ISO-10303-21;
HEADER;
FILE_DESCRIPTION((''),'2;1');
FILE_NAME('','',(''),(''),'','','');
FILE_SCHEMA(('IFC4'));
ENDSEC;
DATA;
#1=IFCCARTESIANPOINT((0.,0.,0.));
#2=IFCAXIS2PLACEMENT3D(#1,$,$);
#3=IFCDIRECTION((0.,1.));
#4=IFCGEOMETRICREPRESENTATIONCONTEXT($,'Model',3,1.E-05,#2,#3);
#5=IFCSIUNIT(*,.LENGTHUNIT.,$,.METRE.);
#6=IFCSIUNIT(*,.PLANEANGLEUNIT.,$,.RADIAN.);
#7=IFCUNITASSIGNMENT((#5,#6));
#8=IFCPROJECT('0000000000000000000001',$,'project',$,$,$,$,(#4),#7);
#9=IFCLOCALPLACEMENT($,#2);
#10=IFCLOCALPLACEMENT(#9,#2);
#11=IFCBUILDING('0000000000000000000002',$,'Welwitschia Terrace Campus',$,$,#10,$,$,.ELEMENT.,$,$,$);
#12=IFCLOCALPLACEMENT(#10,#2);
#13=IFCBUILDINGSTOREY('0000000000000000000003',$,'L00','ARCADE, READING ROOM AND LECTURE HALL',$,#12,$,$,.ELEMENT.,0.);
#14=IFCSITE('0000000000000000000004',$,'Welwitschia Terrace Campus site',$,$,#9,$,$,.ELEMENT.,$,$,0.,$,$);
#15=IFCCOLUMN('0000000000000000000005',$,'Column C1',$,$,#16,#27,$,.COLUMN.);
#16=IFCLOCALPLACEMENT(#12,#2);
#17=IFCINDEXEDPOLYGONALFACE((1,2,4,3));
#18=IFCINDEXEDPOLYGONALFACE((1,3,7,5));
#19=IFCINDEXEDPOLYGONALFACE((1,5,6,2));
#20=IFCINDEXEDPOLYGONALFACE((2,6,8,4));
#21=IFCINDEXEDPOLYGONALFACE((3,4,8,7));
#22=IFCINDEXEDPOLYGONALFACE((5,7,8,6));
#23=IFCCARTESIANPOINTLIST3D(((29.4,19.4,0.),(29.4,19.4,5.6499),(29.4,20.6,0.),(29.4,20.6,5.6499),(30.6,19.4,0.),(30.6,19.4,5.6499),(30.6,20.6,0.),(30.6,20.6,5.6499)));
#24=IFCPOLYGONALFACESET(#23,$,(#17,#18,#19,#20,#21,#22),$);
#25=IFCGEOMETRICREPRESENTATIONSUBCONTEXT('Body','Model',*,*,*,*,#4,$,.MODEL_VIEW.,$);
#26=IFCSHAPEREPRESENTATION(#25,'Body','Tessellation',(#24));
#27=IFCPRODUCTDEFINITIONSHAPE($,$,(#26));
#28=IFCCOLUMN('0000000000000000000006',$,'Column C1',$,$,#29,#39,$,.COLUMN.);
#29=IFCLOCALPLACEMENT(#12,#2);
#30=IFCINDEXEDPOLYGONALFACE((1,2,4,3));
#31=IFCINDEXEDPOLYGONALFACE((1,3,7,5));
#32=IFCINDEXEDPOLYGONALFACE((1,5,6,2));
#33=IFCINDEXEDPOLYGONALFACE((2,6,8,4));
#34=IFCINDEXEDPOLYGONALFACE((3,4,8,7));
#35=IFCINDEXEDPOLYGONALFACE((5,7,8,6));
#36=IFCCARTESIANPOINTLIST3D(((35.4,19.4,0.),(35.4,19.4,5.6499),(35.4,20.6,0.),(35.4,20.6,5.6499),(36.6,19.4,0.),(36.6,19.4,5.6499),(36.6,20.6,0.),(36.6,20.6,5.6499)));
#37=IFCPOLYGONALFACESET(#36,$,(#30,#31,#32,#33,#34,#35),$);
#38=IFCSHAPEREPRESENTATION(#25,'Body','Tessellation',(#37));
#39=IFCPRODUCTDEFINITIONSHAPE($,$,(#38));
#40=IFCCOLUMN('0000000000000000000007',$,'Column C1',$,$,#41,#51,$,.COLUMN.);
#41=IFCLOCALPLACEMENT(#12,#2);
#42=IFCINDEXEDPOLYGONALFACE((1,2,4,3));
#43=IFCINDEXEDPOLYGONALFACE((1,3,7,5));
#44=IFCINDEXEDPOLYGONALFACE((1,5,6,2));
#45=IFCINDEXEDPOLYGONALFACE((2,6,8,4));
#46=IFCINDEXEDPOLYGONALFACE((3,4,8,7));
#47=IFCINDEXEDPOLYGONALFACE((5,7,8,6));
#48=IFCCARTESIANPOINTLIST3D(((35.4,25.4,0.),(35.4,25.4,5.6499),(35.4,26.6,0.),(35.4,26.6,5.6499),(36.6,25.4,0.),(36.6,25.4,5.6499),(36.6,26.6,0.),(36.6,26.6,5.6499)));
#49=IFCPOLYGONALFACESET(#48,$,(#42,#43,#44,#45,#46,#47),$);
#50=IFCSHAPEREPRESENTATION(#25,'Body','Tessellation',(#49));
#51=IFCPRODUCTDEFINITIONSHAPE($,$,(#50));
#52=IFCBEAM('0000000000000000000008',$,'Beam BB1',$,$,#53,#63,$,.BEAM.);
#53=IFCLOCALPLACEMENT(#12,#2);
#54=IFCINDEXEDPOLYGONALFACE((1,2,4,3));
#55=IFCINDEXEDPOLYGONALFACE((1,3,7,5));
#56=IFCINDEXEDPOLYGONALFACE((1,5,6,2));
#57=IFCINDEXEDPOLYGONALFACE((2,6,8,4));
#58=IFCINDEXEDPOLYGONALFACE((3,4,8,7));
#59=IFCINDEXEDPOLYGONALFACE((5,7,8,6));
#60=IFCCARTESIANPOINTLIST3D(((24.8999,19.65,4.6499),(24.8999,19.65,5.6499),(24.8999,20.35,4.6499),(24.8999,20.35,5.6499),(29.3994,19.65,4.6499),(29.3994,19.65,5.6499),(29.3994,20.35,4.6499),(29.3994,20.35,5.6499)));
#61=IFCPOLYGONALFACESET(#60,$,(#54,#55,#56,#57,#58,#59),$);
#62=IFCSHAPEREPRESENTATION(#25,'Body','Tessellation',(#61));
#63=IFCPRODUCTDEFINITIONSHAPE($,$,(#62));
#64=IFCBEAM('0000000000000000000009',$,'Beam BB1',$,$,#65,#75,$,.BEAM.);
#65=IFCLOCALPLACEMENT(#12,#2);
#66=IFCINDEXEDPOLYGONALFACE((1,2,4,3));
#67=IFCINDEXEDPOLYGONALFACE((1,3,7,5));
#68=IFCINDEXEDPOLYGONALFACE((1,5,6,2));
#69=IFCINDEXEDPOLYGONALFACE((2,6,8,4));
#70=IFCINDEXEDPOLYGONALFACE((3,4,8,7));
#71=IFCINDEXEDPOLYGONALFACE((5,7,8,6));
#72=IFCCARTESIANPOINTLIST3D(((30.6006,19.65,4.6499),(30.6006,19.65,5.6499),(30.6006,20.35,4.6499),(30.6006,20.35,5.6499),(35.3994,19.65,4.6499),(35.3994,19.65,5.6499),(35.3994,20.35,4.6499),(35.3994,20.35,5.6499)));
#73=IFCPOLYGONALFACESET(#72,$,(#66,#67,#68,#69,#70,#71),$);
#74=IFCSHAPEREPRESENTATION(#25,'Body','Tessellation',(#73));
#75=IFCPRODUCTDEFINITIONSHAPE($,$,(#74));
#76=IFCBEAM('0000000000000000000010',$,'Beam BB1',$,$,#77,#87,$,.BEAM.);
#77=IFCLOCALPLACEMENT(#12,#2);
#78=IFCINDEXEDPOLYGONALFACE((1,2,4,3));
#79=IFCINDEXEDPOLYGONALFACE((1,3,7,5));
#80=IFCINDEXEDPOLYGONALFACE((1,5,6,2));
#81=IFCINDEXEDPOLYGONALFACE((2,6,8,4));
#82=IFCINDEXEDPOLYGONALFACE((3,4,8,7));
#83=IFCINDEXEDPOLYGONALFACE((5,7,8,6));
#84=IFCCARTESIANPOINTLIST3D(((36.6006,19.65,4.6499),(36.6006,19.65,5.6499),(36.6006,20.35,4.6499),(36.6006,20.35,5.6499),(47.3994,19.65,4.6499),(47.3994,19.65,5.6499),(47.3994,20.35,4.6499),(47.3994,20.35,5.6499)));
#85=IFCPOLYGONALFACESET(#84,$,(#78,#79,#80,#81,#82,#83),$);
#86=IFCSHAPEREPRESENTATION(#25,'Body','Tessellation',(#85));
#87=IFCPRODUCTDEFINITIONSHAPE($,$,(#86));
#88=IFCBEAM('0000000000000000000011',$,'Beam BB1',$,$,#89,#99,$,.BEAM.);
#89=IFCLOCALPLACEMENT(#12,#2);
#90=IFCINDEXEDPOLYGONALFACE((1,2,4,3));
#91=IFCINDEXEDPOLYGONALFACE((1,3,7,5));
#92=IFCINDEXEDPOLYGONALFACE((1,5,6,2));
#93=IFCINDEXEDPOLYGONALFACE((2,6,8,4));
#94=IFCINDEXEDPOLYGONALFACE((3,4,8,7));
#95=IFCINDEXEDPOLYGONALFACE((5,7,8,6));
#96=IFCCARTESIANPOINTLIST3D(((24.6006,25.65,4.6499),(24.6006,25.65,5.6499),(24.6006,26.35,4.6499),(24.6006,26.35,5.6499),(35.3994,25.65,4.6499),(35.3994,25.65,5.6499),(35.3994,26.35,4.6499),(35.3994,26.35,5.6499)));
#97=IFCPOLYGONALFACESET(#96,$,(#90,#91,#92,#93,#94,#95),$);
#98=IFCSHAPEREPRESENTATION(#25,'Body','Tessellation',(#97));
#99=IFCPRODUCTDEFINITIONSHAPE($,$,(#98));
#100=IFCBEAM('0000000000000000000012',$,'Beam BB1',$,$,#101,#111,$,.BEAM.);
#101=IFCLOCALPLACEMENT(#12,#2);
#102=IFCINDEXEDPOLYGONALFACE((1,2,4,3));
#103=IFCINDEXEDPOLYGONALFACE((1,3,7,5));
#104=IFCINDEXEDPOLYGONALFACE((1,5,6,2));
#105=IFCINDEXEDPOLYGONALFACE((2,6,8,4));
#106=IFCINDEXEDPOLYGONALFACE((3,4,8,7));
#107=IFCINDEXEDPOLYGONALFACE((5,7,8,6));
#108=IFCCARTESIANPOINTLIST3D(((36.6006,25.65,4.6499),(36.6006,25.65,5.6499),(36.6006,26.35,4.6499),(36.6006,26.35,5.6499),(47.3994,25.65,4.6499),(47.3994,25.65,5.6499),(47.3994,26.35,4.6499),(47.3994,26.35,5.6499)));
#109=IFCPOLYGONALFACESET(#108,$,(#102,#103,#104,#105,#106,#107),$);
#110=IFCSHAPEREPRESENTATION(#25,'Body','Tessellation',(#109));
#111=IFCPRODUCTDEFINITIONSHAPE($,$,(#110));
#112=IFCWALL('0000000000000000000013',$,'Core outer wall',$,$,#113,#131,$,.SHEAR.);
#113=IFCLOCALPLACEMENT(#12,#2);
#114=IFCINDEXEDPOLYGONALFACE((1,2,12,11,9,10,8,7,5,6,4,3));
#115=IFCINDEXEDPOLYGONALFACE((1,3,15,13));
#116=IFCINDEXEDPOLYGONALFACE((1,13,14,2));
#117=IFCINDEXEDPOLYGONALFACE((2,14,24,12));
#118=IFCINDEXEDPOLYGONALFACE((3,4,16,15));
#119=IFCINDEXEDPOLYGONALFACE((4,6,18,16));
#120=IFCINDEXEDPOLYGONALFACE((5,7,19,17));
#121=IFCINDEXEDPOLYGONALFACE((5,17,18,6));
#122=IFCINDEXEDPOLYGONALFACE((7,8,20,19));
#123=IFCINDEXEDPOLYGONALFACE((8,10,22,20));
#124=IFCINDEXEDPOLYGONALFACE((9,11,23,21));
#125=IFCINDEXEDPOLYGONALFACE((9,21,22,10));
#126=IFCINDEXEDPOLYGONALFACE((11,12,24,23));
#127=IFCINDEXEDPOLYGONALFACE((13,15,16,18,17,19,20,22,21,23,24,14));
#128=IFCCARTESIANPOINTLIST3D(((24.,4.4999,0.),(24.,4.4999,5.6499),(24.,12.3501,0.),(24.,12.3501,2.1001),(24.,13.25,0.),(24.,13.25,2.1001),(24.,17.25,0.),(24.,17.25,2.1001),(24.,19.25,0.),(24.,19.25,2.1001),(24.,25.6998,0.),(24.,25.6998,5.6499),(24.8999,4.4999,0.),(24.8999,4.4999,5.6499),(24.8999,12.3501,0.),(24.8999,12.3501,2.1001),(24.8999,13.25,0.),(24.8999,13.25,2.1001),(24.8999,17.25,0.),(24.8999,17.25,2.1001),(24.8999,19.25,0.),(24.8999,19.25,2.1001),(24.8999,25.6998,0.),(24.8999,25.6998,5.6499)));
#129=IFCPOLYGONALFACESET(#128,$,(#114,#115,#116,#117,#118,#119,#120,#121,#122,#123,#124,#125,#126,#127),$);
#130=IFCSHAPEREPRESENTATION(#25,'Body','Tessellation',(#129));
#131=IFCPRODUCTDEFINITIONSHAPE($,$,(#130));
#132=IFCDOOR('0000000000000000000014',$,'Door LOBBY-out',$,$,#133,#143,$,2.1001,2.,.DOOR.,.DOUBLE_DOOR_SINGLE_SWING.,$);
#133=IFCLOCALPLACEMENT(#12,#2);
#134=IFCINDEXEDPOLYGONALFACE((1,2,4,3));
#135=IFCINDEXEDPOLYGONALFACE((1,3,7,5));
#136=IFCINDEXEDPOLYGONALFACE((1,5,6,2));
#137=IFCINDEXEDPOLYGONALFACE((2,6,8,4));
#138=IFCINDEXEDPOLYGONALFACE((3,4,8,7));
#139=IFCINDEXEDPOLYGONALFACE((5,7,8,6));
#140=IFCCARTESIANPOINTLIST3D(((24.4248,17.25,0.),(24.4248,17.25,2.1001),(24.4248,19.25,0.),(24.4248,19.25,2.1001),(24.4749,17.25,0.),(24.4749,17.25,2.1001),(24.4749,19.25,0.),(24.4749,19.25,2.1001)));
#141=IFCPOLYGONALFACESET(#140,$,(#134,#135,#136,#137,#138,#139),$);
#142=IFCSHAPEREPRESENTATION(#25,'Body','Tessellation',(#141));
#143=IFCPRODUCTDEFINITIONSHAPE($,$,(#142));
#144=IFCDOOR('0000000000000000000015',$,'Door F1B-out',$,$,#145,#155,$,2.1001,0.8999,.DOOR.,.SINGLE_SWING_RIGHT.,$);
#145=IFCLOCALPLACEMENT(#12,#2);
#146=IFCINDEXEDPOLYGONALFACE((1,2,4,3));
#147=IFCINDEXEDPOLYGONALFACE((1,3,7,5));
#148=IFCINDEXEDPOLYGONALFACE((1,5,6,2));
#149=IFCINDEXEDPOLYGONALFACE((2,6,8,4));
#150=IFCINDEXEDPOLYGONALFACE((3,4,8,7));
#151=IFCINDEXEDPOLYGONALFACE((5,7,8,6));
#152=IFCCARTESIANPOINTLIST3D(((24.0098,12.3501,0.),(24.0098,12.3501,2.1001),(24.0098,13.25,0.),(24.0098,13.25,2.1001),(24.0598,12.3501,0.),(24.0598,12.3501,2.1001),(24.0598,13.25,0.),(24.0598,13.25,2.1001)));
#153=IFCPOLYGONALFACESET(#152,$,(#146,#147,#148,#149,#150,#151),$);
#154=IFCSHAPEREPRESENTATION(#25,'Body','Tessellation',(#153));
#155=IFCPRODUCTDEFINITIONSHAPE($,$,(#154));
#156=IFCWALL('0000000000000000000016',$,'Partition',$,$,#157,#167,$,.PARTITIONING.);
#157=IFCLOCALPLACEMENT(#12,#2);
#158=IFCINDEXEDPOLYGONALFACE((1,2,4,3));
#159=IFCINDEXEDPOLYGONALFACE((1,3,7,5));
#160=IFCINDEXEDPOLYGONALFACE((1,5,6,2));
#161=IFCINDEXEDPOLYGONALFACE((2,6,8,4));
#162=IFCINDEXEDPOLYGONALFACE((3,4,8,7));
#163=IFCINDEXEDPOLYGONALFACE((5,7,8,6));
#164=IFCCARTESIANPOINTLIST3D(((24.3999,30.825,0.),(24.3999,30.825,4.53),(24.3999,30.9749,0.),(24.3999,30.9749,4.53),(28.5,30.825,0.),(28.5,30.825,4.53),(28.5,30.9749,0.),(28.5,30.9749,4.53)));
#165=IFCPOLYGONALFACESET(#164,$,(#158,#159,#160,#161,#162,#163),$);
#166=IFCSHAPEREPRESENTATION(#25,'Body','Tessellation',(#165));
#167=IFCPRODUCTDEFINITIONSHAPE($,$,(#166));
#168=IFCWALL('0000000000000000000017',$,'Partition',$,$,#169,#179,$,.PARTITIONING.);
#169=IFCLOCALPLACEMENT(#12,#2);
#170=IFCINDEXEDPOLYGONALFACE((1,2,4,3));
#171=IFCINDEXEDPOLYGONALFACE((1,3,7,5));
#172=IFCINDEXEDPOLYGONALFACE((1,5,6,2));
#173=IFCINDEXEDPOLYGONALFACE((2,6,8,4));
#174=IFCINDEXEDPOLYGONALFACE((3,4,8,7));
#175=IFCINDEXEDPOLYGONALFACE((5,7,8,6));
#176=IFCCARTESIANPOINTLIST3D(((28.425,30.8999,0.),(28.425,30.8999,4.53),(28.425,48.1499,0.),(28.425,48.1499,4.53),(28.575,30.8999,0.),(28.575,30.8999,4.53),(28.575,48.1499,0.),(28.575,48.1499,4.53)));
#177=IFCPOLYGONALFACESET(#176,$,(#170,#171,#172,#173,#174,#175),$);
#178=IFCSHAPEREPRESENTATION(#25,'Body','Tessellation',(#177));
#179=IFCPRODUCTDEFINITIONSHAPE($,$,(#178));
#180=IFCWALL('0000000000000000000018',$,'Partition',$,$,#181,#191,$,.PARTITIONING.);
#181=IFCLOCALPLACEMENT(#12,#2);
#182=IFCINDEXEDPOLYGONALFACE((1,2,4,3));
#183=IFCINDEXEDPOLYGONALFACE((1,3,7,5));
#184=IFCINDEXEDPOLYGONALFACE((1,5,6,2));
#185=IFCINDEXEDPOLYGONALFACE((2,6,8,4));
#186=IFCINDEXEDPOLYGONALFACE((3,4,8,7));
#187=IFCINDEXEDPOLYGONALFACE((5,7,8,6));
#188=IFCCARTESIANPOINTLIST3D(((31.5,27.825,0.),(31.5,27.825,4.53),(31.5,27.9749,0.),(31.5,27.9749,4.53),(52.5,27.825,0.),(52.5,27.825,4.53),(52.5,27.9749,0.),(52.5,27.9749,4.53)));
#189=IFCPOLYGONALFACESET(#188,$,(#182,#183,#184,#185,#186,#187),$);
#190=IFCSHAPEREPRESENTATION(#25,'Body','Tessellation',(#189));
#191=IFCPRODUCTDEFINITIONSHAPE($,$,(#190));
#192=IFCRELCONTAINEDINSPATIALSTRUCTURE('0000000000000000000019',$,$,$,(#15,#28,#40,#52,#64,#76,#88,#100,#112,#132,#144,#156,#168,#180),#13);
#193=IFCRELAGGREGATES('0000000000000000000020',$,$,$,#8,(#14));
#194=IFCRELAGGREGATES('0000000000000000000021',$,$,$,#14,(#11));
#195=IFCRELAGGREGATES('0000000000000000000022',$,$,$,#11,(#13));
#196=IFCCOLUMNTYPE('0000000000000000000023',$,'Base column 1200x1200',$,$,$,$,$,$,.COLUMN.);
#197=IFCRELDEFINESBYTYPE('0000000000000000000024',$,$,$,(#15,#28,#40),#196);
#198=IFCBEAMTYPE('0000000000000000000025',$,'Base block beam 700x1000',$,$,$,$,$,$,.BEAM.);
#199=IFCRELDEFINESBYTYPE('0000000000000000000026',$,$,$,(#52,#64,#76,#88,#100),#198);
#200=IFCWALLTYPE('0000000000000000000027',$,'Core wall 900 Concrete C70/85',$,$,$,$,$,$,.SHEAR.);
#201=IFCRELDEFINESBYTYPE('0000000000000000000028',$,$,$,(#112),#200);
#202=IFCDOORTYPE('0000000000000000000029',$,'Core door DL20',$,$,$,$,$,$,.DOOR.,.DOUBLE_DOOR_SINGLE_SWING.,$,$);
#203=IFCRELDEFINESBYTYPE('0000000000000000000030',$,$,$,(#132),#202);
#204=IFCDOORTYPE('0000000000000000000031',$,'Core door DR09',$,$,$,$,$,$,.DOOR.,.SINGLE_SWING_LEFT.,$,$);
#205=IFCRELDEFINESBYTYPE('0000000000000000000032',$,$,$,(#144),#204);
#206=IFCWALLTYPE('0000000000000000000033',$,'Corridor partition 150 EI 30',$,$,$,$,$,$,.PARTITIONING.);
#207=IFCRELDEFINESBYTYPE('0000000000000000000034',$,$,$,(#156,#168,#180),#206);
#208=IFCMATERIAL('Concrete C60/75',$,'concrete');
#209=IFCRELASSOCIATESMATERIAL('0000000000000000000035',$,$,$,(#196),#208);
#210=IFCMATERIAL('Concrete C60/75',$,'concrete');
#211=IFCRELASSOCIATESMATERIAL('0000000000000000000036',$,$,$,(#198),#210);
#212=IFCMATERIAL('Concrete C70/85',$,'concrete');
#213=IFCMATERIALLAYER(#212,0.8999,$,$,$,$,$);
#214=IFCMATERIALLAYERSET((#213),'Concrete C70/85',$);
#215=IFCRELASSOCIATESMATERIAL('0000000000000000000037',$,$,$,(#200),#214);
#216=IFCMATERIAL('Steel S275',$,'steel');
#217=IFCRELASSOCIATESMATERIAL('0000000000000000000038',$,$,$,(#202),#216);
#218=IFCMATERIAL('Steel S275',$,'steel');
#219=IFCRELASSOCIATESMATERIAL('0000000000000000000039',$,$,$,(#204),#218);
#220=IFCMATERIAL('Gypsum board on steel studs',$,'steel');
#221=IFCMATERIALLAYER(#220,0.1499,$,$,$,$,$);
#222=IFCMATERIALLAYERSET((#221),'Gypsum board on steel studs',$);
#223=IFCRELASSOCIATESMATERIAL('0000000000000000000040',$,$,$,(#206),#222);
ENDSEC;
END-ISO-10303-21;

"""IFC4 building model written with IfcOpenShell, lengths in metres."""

from ifc_helpers import new_model, si_unit, direction, frame, frame_2d, origin, origin_2d, place, context, subcontext, project, spatial, rectangle, extrude, material, layer, layer_set, material_profile, profile_set, type_object, element, fill, save


model = new_model("IFC4")

# Units and contexts
model_context = context("Model", 3, precision=1e-05, world=origin(), true_north=direction((0.0, 1.0)))
body_context = subcontext(model_context, "Body", "Model", "MODEL_VIEW")
ifc_project = project(units=[si_unit("LENGTHUNIT", "METRE"), si_unit("PLANEANGLEUNIT", "RADIAN")], contexts=[model_context])

# Site, building, storey
site_placement = place(None, origin())
site = spatial("IfcSite", under=ifc_project, at=site_placement, Name="Welwitschia Terrace Campus site", CompositionType="ELEMENT", RefElevation=0.0)
building_placement = place(site_placement, origin())
building = spatial("IfcBuilding", under=site, at=building_placement, Name="Welwitschia Terrace Campus", CompositionType="ELEMENT")
storey_placement = place(building_placement, origin())
storey = spatial("IfcBuildingStorey", under=building, at=storey_placement, Name="L00", Description="ARCADE, READING ROOM AND LECTURE HALL", CompositionType="ELEMENT", Elevation=0.0)

# Columns
ifc_material_1 = material(Name="Concrete C60/75", Category="concrete")
ifc_material_profile_1 = material_profile(ifc_material_1, rectangle(XDim=1.2, YDim=1.2, at=origin_2d()))
ifc_profile_set_1 = profile_set([ifc_material_profile_1], Name="Concrete C60/75")
column_type = type_object("IfcColumnType", Name="Base column 1200x1200", PredefinedType="COLUMN", material=ifc_profile_set_1)
for number, where, z_axis, x_axis, name in (
    (1, (30.0, 20.0, 0.0), (0.0, 0.0, 1.0), (1.0, 0.0, 0.0), "Column C1"),
    (2, (36.0, 20.0, 0.0), (0.0, 0.0, 1.0), (1.0, 0.0, 0.0), "Column C1"),
    (3, (36.0, 26.0, 0.0), (0.0, 0.0, 1.0), (1.0, 0.0, 0.0), "Column C1"),
):
    element("IfcColumn", number, at=place(storey_placement, frame(where, z_axis=z_axis, x_axis=x_axis)), inside=storey, type_object=column_type, Name=name, PredefinedType="COLUMN", context=body_context, shape_type="SweptSolid", body=[
        extrude(rectangle(XDim=1.2, YDim=1.2, at=origin_2d()), origin(), (0.0, 0.0, 1.0), 5.6499),
    ])

# Beams
ifc_material_2 = material(Name="Concrete C60/75", Category="concrete")
ifc_material_profile_2 = material_profile(ifc_material_2, rectangle(XDim=0.7, YDim=1.0, at=origin_2d()))
ifc_profile_set_2 = profile_set([ifc_material_profile_2], Name="Concrete C60/75")
beam_type = type_object("IfcBeamType", Name="Base block beam 700x1000", PredefinedType="BEAM", material=ifc_profile_set_2)
beam_1_placement = place(storey_placement, frame((24.8999, 20.0, 5.1499), z_axis=(1.0, 0.0, 0.0), x_axis=(0.0, 1.0, 0.0)))
element("IfcBeam", 4, at=beam_1_placement, inside=storey, type_object=beam_type, Name="Beam BB1", PredefinedType="BEAM", context=body_context, shape_type="SweptSolid", body=[
    extrude(rectangle(XDim=0.7, YDim=1.0, at=origin_2d()), origin(), (0.0, 0.0, 1.0), 4.4995),
])
beam_2_placement = place(storey_placement, frame((30.6006, 20.0, 5.1499), z_axis=(1.0, 0.0, 0.0), x_axis=(0.0, 1.0, 0.0)))
element("IfcBeam", 5, at=beam_2_placement, inside=storey, type_object=beam_type, Name="Beam BB1", PredefinedType="BEAM", context=body_context, shape_type="SweptSolid", body=[
    extrude(rectangle(XDim=0.7, YDim=1.0, at=origin_2d()), origin(), (0.0, 0.0, 1.0), 4.7988),
])
for number, where, z_axis, x_axis, name in (
    (6, (36.6006, 20.0, 5.1499), (1.0, 0.0, 0.0), (0.0, 1.0, 0.0), "Beam BB1"),
    (7, (24.6006, 26.0, 5.1499), (1.0, 0.0, 0.0), (0.0, 1.0, 0.0), "Beam BB1"),
    (8, (36.6006, 26.0, 5.1499), (1.0, 0.0, 0.0), (0.0, 1.0, 0.0), "Beam BB1"),
):
    element("IfcBeam", number, at=place(storey_placement, frame(where, z_axis=z_axis, x_axis=x_axis)), inside=storey, type_object=beam_type, Name=name, PredefinedType="BEAM", context=body_context, shape_type="SweptSolid", body=[
        extrude(rectangle(XDim=0.7, YDim=1.0, at=origin_2d()), origin(), (0.0, 0.0, 1.0), 10.7988),
    ])

# Wall, openings, doors
ifc_material_3 = material(Name="Concrete C70/85", Category="concrete")
ifc_layer_1 = layer(ifc_material_3, 0.8999)
ifc_layer_set_1 = layer_set([ifc_layer_1], Name="Concrete C70/85")
wall_type_1 = type_object("IfcWallType", Name="Core wall 900 Concrete C70/85", PredefinedType="SHEAR", material=ifc_layer_set_1)
wall_1_placement = place(storey_placement, frame((24.45, 25.7, 0.0), z_axis=(0.0, 0.0, 1.0), x_axis=(0.0, -1.0, 0.0)))
wall_1 = element("IfcWall", 9, at=wall_1_placement, inside=storey, type_object=wall_type_1, Name="Core outer wall", PredefinedType="SHEAR", context=body_context, shape_type="SweptSolid", body=[
    extrude(rectangle(XDim=21.2, YDim=0.8999, at=frame_2d((10.6001, 0.0))), origin(), (0.0, 0.0, 1.0), 5.6499),
])
opening_1_placement = place(wall_1_placement, frame((12.45, 0.0, 0.0)))
opening_1 = element("IfcOpeningElement", 10, at=opening_1_placement, cuts=wall_1, PredefinedType="OPENING", context=body_context, shape_type="SweptSolid", body=[
    extrude(rectangle(XDim=0.8999, YDim=2.1001, at=frame_2d((0.45, 1.05))), frame((0.0, 0.46, 0.0), z_axis=(0.0, -1.0, 0.0), x_axis=(1.0, 0.0, 0.0)), (0.0, 0.0, 1.0), 0.9199),
])
opening_2_placement = place(wall_1_placement, frame((6.45, 0.0, 0.0)))
opening_2 = element("IfcOpeningElement", 11, at=opening_2_placement, cuts=wall_1, PredefinedType="OPENING", context=body_context, shape_type="SweptSolid", body=[
    extrude(rectangle(XDim=2.0, YDim=2.1001, at=frame_2d((1.0, 1.05))), frame((0.0, 0.46, 0.0), z_axis=(0.0, -1.0, 0.0), x_axis=(1.0, 0.0, 0.0)), (0.0, 0.0, 1.0), 0.9199),
])
ifc_material_4 = material(Name="Steel S275", Category="steel")
door_type_1 = type_object("IfcDoorType", Name="Core door DL20", OperationType="DOUBLE_DOOR_SINGLE_SWING", PredefinedType="DOOR", material=ifc_material_4)
door_1_placement = place(opening_2_placement, origin())
door_1 = element("IfcDoor", 12, at=door_1_placement, inside=storey, type_object=door_type_1, Name="Door LOBBY-out", OperationType="DOUBLE_DOOR_SINGLE_SWING", OverallHeight=2.1001, OverallWidth=2.0, PredefinedType="DOOR", context=body_context, shape_type="SweptSolid", body=[
    extrude(rectangle(XDim=2.0, YDim=2.1001, at=frame_2d((1.0, 1.05))), frame((0.0, 0.0249, 0.0), z_axis=(0.0, -1.0, 0.0), x_axis=(1.0, 0.0, 0.0)), (0.0, 0.0, 1.0), 0.05),
])
fill(opening_2, door_1)
ifc_material_5 = material(Name="Steel S275", Category="steel")
door_type_2 = type_object("IfcDoorType", Name="Core door DR09", OperationType="SINGLE_SWING_LEFT", PredefinedType="DOOR", material=ifc_material_5)
door_2_placement = place(opening_1_placement, origin())
door_2 = element("IfcDoor", 13, at=door_2_placement, inside=storey, type_object=door_type_2, Name="Door F1B-out", OperationType="SINGLE_SWING_RIGHT", OverallHeight=2.1001, OverallWidth=0.8999, PredefinedType="DOOR", context=body_context, shape_type="SweptSolid", body=[
    extrude(rectangle(XDim=0.8999, YDim=2.1001, at=frame_2d((0.45, 1.05))), frame((0.0, -0.3901, 0.0), z_axis=(0.0, -1.0, 0.0), x_axis=(1.0, 0.0, 0.0)), (0.0, 0.0, 1.0), 0.05),
])
fill(opening_1, door_2)

# Walls
ifc_material_6 = material(Name="Gypsum board on steel studs", Category="steel")
ifc_layer_2 = layer(ifc_material_6, 0.1499)
ifc_layer_set_2 = layer_set([ifc_layer_2], Name="Gypsum board on steel studs")
wall_type_2 = type_object("IfcWallType", Name="Corridor partition 150 EI 30", PredefinedType="PARTITIONING", material=ifc_layer_set_2)
wall_2_placement = place(storey_placement, frame((24.3999, 30.8999, 0.0), z_axis=(0.0, 0.0, 1.0), x_axis=(1.0, 0.0, 0.0)))
element("IfcWall", 14, at=wall_2_placement, inside=storey, type_object=wall_type_2, Name="Partition", PredefinedType="PARTITIONING", context=body_context, shape_type="SweptSolid", body=[
    extrude(rectangle(XDim=4.1001, YDim=0.1499, at=frame_2d((2.05, 0.0))), origin(), (0.0, 0.0, 1.0), 4.53),
])
wall_3_placement = place(storey_placement, frame((28.5, 30.8999, 0.0), z_axis=(0.0, 0.0, 1.0), x_axis=(0.0, 1.0, 0.0)))
element("IfcWall", 15, at=wall_3_placement, inside=storey, type_object=wall_type_2, Name="Partition", PredefinedType="PARTITIONING", context=body_context, shape_type="SweptSolid", body=[
    extrude(rectangle(XDim=17.25, YDim=0.1499, at=frame_2d((8.625, 0.0))), origin(), (0.0, 0.0, 1.0), 4.53),
])
wall_4_placement = place(storey_placement, frame((31.5, 27.8999, 0.0), z_axis=(0.0, 0.0, 1.0), x_axis=(1.0, 0.0, 0.0)))
element("IfcWall", 16, at=wall_4_placement, inside=storey, type_object=wall_type_2, Name="Partition", PredefinedType="PARTITIONING", context=body_context, shape_type="SweptSolid", body=[
    extrude(rectangle(XDim=21.0, YDim=0.1499, at=frame_2d((10.5, 0.0))), origin(), (0.0, 0.0, 1.0), 4.53),
])

save(model, "model.ifc")
